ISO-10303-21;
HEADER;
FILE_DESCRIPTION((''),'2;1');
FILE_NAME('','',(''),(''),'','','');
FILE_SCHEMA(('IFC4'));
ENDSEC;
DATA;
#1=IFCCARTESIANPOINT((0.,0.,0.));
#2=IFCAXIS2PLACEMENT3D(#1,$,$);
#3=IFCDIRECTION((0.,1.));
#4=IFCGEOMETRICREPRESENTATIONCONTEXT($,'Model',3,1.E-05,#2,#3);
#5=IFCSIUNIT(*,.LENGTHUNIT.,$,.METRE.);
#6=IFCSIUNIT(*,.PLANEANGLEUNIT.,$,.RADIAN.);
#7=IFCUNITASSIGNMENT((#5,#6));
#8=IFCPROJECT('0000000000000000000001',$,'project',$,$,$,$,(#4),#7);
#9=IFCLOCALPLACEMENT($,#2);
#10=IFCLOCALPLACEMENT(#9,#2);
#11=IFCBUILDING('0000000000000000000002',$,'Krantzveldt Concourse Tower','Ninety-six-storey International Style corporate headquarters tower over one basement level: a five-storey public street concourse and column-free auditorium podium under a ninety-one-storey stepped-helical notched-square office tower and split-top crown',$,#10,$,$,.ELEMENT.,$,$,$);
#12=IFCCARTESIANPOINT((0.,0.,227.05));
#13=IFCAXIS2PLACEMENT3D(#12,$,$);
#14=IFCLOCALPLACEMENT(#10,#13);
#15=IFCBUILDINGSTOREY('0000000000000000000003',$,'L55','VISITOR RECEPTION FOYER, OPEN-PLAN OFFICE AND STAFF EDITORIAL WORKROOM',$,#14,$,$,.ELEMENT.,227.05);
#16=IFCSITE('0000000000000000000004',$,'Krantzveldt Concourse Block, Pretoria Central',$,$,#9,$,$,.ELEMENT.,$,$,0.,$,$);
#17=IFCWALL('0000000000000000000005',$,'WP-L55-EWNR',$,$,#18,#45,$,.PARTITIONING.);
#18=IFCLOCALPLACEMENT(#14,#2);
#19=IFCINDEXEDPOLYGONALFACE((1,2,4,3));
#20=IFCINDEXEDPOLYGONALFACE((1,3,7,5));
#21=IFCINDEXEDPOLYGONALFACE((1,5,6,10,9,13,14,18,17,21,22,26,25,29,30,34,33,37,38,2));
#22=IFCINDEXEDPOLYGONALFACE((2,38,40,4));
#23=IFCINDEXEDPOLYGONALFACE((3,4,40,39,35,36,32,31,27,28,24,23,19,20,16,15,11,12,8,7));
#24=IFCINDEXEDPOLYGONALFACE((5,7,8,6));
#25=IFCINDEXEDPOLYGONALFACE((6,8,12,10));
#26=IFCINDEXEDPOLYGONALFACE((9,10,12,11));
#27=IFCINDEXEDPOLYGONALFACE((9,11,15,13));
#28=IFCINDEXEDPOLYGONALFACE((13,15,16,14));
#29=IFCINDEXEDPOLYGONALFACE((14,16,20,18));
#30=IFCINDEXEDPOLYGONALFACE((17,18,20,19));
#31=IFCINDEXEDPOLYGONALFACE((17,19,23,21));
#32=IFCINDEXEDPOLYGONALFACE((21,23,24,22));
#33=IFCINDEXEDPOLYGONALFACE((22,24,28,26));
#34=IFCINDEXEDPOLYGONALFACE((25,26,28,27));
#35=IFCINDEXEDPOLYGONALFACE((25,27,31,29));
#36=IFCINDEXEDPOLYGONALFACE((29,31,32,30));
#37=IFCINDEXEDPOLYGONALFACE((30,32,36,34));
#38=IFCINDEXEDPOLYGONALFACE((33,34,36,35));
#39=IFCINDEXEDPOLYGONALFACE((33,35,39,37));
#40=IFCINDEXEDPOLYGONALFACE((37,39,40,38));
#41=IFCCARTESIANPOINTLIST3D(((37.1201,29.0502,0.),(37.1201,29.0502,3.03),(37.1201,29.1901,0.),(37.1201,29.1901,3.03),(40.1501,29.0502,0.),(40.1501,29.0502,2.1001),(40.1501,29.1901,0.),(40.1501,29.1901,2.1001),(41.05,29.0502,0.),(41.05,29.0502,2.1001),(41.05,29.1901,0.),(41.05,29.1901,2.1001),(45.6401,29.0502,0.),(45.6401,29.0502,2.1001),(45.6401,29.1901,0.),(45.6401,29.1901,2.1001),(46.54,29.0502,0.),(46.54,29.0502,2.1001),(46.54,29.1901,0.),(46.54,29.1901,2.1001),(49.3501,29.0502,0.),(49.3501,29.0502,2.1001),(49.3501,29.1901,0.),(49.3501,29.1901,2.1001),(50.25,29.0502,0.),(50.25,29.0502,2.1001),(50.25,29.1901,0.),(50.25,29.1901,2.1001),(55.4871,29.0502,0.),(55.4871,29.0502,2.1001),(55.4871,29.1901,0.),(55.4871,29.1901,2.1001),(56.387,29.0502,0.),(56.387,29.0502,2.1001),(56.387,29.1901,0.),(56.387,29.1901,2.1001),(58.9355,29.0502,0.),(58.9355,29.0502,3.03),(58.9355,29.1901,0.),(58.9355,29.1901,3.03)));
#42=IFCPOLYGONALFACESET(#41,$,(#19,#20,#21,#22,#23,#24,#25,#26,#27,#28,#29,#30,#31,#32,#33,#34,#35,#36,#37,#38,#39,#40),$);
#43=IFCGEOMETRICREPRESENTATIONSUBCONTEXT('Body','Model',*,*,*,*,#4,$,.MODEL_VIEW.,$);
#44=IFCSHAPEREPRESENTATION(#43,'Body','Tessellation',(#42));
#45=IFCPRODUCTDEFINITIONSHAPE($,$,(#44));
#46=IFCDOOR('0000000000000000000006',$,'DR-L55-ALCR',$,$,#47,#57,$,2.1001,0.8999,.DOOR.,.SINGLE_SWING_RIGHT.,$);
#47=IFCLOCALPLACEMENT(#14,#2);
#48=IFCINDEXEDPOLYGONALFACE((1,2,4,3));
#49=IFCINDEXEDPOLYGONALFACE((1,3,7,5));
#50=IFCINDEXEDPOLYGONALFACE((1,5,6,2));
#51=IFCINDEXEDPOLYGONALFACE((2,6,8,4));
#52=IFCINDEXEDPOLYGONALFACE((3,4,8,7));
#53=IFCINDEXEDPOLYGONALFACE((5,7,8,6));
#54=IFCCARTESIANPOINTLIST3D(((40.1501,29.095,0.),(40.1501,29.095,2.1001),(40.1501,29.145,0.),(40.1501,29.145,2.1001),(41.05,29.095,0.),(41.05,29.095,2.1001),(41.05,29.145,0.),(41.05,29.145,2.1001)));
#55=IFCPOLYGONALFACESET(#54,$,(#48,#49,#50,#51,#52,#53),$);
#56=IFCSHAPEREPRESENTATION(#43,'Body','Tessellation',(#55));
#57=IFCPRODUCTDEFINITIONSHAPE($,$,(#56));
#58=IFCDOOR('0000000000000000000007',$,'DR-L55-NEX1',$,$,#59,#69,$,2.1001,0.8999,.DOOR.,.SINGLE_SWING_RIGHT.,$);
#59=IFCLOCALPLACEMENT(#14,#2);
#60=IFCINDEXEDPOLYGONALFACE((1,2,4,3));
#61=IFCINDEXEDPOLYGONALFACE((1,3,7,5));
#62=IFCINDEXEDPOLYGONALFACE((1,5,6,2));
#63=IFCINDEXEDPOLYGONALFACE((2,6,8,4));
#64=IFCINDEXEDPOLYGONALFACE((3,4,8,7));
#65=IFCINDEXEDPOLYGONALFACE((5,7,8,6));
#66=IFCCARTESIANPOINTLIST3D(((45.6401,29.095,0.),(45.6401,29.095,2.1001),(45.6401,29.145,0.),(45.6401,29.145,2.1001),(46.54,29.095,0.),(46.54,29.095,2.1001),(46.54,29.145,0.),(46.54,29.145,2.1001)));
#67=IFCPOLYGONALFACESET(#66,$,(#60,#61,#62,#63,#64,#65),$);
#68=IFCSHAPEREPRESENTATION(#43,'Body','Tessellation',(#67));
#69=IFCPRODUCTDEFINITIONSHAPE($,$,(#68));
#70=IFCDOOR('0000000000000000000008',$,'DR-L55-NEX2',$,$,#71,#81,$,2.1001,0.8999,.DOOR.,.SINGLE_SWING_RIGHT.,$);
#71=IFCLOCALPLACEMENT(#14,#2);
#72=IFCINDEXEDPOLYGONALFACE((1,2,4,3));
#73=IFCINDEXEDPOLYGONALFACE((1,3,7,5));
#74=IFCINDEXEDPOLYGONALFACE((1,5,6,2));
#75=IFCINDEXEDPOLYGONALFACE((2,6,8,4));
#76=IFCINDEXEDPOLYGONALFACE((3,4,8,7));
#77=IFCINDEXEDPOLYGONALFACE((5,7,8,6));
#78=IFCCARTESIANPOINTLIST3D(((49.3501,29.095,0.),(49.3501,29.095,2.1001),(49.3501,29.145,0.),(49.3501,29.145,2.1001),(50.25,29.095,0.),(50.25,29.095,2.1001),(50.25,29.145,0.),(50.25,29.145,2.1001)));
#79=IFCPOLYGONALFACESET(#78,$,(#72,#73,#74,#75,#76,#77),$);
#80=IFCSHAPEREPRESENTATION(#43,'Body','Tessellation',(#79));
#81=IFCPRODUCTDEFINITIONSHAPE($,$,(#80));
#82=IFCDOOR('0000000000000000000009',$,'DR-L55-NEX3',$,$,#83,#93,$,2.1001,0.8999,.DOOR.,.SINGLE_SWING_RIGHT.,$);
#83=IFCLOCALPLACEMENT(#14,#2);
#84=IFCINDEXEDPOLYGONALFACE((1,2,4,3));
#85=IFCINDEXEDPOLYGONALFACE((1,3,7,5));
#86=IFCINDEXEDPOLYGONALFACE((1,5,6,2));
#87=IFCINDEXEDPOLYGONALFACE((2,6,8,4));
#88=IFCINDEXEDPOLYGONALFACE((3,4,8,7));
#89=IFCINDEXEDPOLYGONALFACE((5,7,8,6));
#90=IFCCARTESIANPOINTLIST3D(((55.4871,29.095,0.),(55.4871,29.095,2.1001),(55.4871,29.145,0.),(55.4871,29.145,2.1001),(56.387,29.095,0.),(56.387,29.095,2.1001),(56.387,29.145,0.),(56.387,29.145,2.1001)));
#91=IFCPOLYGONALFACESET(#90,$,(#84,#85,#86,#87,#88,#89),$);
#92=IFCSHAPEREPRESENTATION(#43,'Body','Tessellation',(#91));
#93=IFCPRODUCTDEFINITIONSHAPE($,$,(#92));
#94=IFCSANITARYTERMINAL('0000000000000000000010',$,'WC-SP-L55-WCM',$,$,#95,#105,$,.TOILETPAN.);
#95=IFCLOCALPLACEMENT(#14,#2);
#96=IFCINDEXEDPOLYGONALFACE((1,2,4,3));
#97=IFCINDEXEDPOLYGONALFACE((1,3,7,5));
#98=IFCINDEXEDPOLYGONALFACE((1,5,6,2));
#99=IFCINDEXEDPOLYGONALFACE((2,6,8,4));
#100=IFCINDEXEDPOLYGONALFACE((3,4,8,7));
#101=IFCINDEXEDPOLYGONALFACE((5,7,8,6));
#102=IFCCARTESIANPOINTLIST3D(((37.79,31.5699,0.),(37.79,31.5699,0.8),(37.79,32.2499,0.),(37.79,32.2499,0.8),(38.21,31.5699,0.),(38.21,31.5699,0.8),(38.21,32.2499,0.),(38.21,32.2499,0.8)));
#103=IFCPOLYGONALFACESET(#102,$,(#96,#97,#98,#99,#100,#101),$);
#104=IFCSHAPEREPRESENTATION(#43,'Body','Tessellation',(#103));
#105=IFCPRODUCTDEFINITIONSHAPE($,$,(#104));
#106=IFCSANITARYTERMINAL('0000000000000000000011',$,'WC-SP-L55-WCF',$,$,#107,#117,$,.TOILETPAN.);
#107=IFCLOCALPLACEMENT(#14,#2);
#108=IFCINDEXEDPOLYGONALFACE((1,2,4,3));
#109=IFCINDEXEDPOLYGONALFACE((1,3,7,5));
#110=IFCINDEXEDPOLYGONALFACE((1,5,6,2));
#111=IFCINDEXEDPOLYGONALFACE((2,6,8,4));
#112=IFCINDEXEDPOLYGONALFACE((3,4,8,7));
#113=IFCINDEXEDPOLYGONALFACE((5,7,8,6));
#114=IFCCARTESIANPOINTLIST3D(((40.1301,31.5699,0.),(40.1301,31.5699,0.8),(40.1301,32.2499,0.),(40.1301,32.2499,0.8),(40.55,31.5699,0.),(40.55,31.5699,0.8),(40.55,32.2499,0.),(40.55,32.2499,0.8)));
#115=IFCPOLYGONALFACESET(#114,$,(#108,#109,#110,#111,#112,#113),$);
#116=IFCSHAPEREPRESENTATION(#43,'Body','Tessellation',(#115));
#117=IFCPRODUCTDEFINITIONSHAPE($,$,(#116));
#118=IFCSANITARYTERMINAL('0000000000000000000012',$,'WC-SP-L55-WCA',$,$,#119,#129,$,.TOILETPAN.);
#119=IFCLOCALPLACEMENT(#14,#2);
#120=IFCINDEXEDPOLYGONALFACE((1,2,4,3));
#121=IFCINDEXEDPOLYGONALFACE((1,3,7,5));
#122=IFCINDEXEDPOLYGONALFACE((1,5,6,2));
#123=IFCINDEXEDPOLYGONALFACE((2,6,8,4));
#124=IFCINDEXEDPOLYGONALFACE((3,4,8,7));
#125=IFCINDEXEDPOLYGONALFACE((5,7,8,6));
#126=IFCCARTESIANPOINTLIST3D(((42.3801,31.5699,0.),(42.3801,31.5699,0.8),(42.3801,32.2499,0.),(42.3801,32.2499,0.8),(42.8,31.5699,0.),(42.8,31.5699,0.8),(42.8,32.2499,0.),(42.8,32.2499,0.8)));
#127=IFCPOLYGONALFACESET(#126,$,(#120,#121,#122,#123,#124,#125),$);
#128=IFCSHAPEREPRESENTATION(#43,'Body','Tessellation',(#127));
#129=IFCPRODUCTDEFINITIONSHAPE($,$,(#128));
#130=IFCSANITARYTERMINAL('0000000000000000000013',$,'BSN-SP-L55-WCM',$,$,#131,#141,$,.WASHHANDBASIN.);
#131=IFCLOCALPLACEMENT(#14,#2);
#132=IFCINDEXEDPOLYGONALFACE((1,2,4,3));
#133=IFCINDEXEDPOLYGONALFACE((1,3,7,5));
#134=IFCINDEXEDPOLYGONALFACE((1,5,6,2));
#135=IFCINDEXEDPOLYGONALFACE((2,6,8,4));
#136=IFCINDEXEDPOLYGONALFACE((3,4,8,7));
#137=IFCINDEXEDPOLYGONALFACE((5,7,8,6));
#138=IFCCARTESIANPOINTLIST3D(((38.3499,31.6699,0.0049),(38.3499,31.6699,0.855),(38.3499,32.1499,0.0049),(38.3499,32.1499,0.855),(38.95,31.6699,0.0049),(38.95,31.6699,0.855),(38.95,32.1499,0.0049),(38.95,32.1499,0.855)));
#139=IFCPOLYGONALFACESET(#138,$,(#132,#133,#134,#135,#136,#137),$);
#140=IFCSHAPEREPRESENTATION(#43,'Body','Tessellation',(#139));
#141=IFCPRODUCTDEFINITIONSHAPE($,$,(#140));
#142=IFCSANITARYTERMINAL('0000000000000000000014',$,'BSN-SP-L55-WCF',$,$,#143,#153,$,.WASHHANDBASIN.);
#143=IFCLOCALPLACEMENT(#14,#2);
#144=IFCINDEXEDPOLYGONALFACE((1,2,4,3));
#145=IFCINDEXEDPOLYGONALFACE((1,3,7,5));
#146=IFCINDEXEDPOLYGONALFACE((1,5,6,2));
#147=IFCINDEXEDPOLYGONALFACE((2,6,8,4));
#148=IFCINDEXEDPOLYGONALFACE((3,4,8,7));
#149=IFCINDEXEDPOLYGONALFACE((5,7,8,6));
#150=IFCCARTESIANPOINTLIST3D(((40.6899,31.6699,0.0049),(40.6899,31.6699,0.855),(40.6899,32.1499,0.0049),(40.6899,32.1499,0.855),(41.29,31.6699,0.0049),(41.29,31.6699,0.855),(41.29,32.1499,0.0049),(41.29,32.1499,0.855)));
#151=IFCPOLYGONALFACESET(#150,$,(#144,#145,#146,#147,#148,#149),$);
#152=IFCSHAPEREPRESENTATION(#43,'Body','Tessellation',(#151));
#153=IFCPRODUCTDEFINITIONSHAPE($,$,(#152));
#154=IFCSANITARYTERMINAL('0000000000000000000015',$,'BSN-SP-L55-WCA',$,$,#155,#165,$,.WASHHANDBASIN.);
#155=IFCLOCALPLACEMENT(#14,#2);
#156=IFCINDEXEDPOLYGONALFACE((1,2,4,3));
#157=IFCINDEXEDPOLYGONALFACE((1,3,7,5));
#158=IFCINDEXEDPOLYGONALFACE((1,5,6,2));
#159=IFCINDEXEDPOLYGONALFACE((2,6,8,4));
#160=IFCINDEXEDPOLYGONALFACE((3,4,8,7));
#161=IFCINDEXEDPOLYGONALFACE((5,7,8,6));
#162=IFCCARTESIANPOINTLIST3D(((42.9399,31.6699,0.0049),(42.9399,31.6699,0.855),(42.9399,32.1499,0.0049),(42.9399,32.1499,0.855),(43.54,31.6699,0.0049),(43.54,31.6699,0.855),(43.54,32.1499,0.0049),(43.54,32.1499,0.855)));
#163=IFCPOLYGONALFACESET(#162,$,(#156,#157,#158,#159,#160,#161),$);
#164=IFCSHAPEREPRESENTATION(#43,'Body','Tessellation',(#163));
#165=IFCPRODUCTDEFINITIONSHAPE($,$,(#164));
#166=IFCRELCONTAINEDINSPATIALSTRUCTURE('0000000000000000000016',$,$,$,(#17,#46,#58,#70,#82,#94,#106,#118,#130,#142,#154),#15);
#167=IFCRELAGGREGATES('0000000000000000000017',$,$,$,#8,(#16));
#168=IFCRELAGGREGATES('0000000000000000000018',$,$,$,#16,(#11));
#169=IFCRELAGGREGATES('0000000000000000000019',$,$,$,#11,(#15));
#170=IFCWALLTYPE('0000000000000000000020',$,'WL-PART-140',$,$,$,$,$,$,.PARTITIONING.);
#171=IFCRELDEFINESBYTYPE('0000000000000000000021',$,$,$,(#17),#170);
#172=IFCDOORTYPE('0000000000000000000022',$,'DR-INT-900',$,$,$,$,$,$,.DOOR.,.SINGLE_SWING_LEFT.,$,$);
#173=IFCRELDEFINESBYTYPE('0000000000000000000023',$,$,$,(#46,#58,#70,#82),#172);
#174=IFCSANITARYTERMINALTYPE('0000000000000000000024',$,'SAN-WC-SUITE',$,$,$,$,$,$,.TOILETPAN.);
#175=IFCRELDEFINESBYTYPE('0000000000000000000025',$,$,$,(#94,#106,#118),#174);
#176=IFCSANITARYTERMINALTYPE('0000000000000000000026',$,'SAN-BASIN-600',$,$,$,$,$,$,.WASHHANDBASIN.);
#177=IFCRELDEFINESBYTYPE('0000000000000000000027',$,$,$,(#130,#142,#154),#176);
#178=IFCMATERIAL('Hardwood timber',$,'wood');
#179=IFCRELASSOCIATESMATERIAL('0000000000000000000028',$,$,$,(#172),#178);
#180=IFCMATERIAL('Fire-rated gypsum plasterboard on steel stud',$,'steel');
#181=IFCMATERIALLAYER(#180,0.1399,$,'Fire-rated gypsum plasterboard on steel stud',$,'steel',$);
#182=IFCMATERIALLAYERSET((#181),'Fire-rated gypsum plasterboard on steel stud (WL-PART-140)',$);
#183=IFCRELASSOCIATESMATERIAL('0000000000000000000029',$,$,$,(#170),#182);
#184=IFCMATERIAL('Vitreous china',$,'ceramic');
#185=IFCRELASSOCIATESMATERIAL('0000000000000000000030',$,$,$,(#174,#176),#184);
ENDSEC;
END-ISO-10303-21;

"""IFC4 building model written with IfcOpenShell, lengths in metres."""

from ifc_helpers import new_model, si_unit, direction, frame, frame_2d, origin, origin_2d, place, context, subcontext, project, spatial, rectangle, extrude, source, transform, mapped, material, layer, layer_set, type_object, type_shapes, element, fill, save


model = new_model("IFC4")

# Units and contexts
model_context = context("Model", 3, precision=1e-05, world=origin(), true_north=direction((0.0, 1.0)))
body_context = subcontext(model_context, "Body", "Model", "MODEL_VIEW")
ifc_project = project(units=[si_unit("LENGTHUNIT", "METRE"), si_unit("PLANEANGLEUNIT", "RADIAN")], contexts=[model_context])

# Site, building, storey
site_placement = place(None, origin())
site = spatial("IfcSite", under=ifc_project, at=site_placement, Name="Krantzveldt Concourse Block, Pretoria Central", CompositionType="ELEMENT", RefElevation=0.0)
building_placement = place(site_placement, origin())
building = spatial("IfcBuilding", under=site, at=building_placement, Name="Krantzveldt Concourse Tower", Description="Ninety-six-storey International Style corporate headquarters tower over one basement level: a five-storey public street concourse and column-free auditorium podium under a ninety-one-storey stepped-helical notched-square office tower and split-top crown", CompositionType="ELEMENT")
storey_placement = place(building_placement, frame((0.0, 0.0, 227.05)))
storey = spatial("IfcBuildingStorey", under=building, at=storey_placement, Name="L55", Description="VISITOR RECEPTION FOYER, OPEN-PLAN OFFICE AND STAFF EDITORIAL WORKROOM", CompositionType="ELEMENT", Elevation=227.05)

# Shared definitions
ifc_material_1 = material(Name="Fire-rated gypsum plasterboard on steel stud", Category="steel")

# Shared definitions
ifc_material_2 = material(Name="Hardwood timber", Category="wood")
door_type_1 = type_object("IfcDoorType", Name="DR-INT-900", OperationType="SINGLE_SWING_LEFT", PredefinedType="DOOR", material=ifc_material_2)

# Wall, openings, doors
ifc_layer_1 = layer(ifc_material_1, 0.1399, Name="Fire-rated gypsum plasterboard on steel stud", Category="steel")
ifc_layer_set_1 = layer_set([ifc_layer_1], Name="Fire-rated gypsum plasterboard on steel stud (WL-PART-140)")
wall_type_1 = type_object("IfcWallType", Name="WL-PART-140", PredefinedType="PARTITIONING", material=ifc_layer_set_1)
wall_1_placement = place(storey_placement, frame((37.1201, 29.1201, 0.0), z_axis=(0.0, 0.0, 1.0), x_axis=(1.0, 0.0, 0.0)))
wall_1 = element("IfcWall", 1, at=wall_1_placement, inside=storey, type_object=wall_type_1, Name="WP-L55-EWNR", PredefinedType="PARTITIONING", context=body_context, shape_type="SweptSolid", body=[
    extrude(rectangle(XDim=21.8154, YDim=0.1399, at=frame_2d((10.9077, 0.0))), origin(), (0.0, 0.0, 1.0), 3.03),
])
opening_1_placement = place(wall_1_placement, frame((3.03, 0.0, 0.0)))
opening_1 = element("IfcOpeningElement", 2, at=opening_1_placement, cuts=wall_1, PredefinedType="OPENING", context=body_context, shape_type="SweptSolid", body=[
    extrude(rectangle(XDim=0.8999, YDim=2.1001, at=frame_2d((0.45, 1.05))), frame((0.0, 0.0801, 0.0), z_axis=(0.0, -1.0, 0.0), x_axis=(1.0, 0.0, 0.0)), (0.0, 0.0, 1.0), 0.1599),
])
opening_2_placement = place(wall_1_placement, frame((8.52, 0.0, 0.0)))
opening_2 = element("IfcOpeningElement", 3, at=opening_2_placement, cuts=wall_1, PredefinedType="OPENING", context=body_context, shape_type="SweptSolid", body=[
    extrude(rectangle(XDim=0.8999, YDim=2.1001, at=frame_2d((0.45, 1.05))), frame((0.0, 0.0801, 0.0), z_axis=(0.0, -1.0, 0.0), x_axis=(1.0, 0.0, 0.0)), (0.0, 0.0, 1.0), 0.1599),
])
opening_3_placement = place(wall_1_placement, frame((12.23, 0.0, 0.0)))
opening_3 = element("IfcOpeningElement", 4, at=opening_3_placement, cuts=wall_1, PredefinedType="OPENING", context=body_context, shape_type="SweptSolid", body=[
    extrude(rectangle(XDim=0.8999, YDim=2.1001, at=frame_2d((0.45, 1.05))), frame((0.0, 0.0801, 0.0), z_axis=(0.0, -1.0, 0.0), x_axis=(1.0, 0.0, 0.0)), (0.0, 0.0, 1.0), 0.1599),
])
opening_4_placement = place(wall_1_placement, frame((18.3669, 0.0, 0.0)))
opening_4 = element("IfcOpeningElement", 5, at=opening_4_placement, cuts=wall_1, PredefinedType="OPENING", context=body_context, shape_type="SweptSolid", body=[
    extrude(rectangle(XDim=0.8999, YDim=2.1001, at=frame_2d((0.45, 1.05))), frame((0.0, 0.0801, 0.0), z_axis=(0.0, -1.0, 0.0), x_axis=(1.0, 0.0, 0.0)), (0.0, 0.0, 1.0), 0.1599),
])
door_1_placement = place(opening_1_placement, origin())
door_1 = element("IfcDoor", 6, at=door_1_placement, inside=storey, type_object=door_type_1, Name="DR-L55-ALCR", OperationType="SINGLE_SWING_RIGHT", OverallHeight=2.1001, OverallWidth=0.8999, PredefinedType="DOOR", context=body_context, shape_type="SweptSolid", body=[
    extrude(rectangle(XDim=0.8999, YDim=2.1001, at=frame_2d((0.45, 1.05))), frame((0.0, 0.0249, 0.0), z_axis=(0.0, -1.0, 0.0), x_axis=(1.0, 0.0, 0.0)), (0.0, 0.0, 1.0), 0.05),
])
fill(opening_1, door_1)
door_2_placement = place(opening_2_placement, origin())
door_2 = element("IfcDoor", 7, at=door_2_placement, inside=storey, type_object=door_type_1, Name="DR-L55-NEX1", OperationType="SINGLE_SWING_RIGHT", OverallHeight=2.1001, OverallWidth=0.8999, PredefinedType="DOOR", context=body_context, shape_type="SweptSolid", body=[
    extrude(rectangle(XDim=0.8999, YDim=2.1001, at=frame_2d((0.45, 1.05))), frame((0.0, 0.0249, 0.0), z_axis=(0.0, -1.0, 0.0), x_axis=(1.0, 0.0, 0.0)), (0.0, 0.0, 1.0), 0.05),
])
fill(opening_2, door_2)
door_3_placement = place(opening_3_placement, origin())
door_3 = element("IfcDoor", 8, at=door_3_placement, inside=storey, type_object=door_type_1, Name="DR-L55-NEX2", OperationType="SINGLE_SWING_RIGHT", OverallHeight=2.1001, OverallWidth=0.8999, PredefinedType="DOOR", context=body_context, shape_type="SweptSolid", body=[
    extrude(rectangle(XDim=0.8999, YDim=2.1001, at=frame_2d((0.45, 1.05))), frame((0.0, 0.0249, 0.0), z_axis=(0.0, -1.0, 0.0), x_axis=(1.0, 0.0, 0.0)), (0.0, 0.0, 1.0), 0.05),
])
fill(opening_3, door_3)
door_4_placement = place(opening_4_placement, origin())
door_4 = element("IfcDoor", 9, at=door_4_placement, inside=storey, type_object=door_type_1, Name="DR-L55-NEX3", OperationType="SINGLE_SWING_RIGHT", OverallHeight=2.1001, OverallWidth=0.8999, PredefinedType="DOOR", context=body_context, shape_type="SweptSolid", body=[
    extrude(rectangle(XDim=0.8999, YDim=2.1001, at=frame_2d((0.45, 1.05))), frame((0.0, 0.0249, 0.0), z_axis=(0.0, -1.0, 0.0), x_axis=(1.0, 0.0, 0.0)), (0.0, 0.0, 1.0), 0.05),
])
fill(opening_4, door_4)

# Sanitary terminals
ifc_material_3 = material(Name="Vitreous china", Category="ceramic")
sanitary_terminal_type_1 = type_object("IfcSanitaryTerminalType", Name="SAN-WC-SUITE", PredefinedType="TOILETPAN", material=ifc_material_3)
shared_shape_1 = source(origin(), body_context, "Body", "SweptSolid", [
    extrude(rectangle(XDim=0.4199, YDim=0.6799, at=origin_2d()), origin(), (0.0, 0.0, 1.0), 0.8),
])
type_shapes(sanitary_terminal_type_1, [shared_shape_1])
for number, where, z_axis, x_axis, name in (
    (10, (38.0, 31.9099, 0.0), (0.0, 0.0, 1.0), (1.0, 0.0, 0.0), "WC-SP-L55-WCM"),
    (11, (40.3401, 31.9099, 0.0), (0.0, 0.0, 1.0), (1.0, 0.0, 0.0), "WC-SP-L55-WCF"),
    (12, (42.5901, 31.9099, 0.0), (0.0, 0.0, 1.0), (1.0, 0.0, 0.0), "WC-SP-L55-WCA"),
):
    element("IfcSanitaryTerminal", number, at=place(storey_placement, frame(where, z_axis=z_axis, x_axis=x_axis)), inside=storey, type_object=sanitary_terminal_type_1, Name=name, PredefinedType="TOILETPAN", context=body_context, shape_type="MappedRepresentation", body=[
        mapped(shared_shape_1, transform((0.0, 0.0, 0.0), x_axis=(1.0, 0.0, 0.0), y_axis=(0.0, 1.0, 0.0), z_axis=(0.0, 0.0, 1.0), scale=1.0)),
    ])
sanitary_terminal_type_2 = type_object("IfcSanitaryTerminalType", Name="SAN-BASIN-600", PredefinedType="WASHHANDBASIN", material=ifc_material_3)
shared_shape_2 = source(origin(), body_context, "Body", "SweptSolid", [
    extrude(rectangle(XDim=0.6001, YDim=0.48, at=origin_2d()), origin(), (0.0, 0.0, 1.0), 0.8501),
])
type_shapes(sanitary_terminal_type_2, [shared_shape_2])
for number, where, z_axis, x_axis, name in (
    (13, (38.6499, 31.9099, 0.0049), (0.0, 0.0, 1.0), (1.0, 0.0, 0.0), "BSN-SP-L55-WCM"),
    (14, (40.99, 31.9099, 0.0049), (0.0, 0.0, 1.0), (1.0, 0.0, 0.0), "BSN-SP-L55-WCF"),
    (15, (43.24, 31.9099, 0.0049), (0.0, 0.0, 1.0), (1.0, 0.0, 0.0), "BSN-SP-L55-WCA"),
):
    element("IfcSanitaryTerminal", number, at=place(storey_placement, frame(where, z_axis=z_axis, x_axis=x_axis)), inside=storey, type_object=sanitary_terminal_type_2, Name=name, PredefinedType="WASHHANDBASIN", context=body_context, shape_type="MappedRepresentation", body=[
        mapped(shared_shape_2, transform((0.0, 0.0, 0.0), x_axis=(1.0, 0.0, 0.0), y_axis=(0.0, 1.0, 0.0), z_axis=(0.0, 0.0, 1.0), scale=1.0)),
    ])

save(model, "model.ifc")
